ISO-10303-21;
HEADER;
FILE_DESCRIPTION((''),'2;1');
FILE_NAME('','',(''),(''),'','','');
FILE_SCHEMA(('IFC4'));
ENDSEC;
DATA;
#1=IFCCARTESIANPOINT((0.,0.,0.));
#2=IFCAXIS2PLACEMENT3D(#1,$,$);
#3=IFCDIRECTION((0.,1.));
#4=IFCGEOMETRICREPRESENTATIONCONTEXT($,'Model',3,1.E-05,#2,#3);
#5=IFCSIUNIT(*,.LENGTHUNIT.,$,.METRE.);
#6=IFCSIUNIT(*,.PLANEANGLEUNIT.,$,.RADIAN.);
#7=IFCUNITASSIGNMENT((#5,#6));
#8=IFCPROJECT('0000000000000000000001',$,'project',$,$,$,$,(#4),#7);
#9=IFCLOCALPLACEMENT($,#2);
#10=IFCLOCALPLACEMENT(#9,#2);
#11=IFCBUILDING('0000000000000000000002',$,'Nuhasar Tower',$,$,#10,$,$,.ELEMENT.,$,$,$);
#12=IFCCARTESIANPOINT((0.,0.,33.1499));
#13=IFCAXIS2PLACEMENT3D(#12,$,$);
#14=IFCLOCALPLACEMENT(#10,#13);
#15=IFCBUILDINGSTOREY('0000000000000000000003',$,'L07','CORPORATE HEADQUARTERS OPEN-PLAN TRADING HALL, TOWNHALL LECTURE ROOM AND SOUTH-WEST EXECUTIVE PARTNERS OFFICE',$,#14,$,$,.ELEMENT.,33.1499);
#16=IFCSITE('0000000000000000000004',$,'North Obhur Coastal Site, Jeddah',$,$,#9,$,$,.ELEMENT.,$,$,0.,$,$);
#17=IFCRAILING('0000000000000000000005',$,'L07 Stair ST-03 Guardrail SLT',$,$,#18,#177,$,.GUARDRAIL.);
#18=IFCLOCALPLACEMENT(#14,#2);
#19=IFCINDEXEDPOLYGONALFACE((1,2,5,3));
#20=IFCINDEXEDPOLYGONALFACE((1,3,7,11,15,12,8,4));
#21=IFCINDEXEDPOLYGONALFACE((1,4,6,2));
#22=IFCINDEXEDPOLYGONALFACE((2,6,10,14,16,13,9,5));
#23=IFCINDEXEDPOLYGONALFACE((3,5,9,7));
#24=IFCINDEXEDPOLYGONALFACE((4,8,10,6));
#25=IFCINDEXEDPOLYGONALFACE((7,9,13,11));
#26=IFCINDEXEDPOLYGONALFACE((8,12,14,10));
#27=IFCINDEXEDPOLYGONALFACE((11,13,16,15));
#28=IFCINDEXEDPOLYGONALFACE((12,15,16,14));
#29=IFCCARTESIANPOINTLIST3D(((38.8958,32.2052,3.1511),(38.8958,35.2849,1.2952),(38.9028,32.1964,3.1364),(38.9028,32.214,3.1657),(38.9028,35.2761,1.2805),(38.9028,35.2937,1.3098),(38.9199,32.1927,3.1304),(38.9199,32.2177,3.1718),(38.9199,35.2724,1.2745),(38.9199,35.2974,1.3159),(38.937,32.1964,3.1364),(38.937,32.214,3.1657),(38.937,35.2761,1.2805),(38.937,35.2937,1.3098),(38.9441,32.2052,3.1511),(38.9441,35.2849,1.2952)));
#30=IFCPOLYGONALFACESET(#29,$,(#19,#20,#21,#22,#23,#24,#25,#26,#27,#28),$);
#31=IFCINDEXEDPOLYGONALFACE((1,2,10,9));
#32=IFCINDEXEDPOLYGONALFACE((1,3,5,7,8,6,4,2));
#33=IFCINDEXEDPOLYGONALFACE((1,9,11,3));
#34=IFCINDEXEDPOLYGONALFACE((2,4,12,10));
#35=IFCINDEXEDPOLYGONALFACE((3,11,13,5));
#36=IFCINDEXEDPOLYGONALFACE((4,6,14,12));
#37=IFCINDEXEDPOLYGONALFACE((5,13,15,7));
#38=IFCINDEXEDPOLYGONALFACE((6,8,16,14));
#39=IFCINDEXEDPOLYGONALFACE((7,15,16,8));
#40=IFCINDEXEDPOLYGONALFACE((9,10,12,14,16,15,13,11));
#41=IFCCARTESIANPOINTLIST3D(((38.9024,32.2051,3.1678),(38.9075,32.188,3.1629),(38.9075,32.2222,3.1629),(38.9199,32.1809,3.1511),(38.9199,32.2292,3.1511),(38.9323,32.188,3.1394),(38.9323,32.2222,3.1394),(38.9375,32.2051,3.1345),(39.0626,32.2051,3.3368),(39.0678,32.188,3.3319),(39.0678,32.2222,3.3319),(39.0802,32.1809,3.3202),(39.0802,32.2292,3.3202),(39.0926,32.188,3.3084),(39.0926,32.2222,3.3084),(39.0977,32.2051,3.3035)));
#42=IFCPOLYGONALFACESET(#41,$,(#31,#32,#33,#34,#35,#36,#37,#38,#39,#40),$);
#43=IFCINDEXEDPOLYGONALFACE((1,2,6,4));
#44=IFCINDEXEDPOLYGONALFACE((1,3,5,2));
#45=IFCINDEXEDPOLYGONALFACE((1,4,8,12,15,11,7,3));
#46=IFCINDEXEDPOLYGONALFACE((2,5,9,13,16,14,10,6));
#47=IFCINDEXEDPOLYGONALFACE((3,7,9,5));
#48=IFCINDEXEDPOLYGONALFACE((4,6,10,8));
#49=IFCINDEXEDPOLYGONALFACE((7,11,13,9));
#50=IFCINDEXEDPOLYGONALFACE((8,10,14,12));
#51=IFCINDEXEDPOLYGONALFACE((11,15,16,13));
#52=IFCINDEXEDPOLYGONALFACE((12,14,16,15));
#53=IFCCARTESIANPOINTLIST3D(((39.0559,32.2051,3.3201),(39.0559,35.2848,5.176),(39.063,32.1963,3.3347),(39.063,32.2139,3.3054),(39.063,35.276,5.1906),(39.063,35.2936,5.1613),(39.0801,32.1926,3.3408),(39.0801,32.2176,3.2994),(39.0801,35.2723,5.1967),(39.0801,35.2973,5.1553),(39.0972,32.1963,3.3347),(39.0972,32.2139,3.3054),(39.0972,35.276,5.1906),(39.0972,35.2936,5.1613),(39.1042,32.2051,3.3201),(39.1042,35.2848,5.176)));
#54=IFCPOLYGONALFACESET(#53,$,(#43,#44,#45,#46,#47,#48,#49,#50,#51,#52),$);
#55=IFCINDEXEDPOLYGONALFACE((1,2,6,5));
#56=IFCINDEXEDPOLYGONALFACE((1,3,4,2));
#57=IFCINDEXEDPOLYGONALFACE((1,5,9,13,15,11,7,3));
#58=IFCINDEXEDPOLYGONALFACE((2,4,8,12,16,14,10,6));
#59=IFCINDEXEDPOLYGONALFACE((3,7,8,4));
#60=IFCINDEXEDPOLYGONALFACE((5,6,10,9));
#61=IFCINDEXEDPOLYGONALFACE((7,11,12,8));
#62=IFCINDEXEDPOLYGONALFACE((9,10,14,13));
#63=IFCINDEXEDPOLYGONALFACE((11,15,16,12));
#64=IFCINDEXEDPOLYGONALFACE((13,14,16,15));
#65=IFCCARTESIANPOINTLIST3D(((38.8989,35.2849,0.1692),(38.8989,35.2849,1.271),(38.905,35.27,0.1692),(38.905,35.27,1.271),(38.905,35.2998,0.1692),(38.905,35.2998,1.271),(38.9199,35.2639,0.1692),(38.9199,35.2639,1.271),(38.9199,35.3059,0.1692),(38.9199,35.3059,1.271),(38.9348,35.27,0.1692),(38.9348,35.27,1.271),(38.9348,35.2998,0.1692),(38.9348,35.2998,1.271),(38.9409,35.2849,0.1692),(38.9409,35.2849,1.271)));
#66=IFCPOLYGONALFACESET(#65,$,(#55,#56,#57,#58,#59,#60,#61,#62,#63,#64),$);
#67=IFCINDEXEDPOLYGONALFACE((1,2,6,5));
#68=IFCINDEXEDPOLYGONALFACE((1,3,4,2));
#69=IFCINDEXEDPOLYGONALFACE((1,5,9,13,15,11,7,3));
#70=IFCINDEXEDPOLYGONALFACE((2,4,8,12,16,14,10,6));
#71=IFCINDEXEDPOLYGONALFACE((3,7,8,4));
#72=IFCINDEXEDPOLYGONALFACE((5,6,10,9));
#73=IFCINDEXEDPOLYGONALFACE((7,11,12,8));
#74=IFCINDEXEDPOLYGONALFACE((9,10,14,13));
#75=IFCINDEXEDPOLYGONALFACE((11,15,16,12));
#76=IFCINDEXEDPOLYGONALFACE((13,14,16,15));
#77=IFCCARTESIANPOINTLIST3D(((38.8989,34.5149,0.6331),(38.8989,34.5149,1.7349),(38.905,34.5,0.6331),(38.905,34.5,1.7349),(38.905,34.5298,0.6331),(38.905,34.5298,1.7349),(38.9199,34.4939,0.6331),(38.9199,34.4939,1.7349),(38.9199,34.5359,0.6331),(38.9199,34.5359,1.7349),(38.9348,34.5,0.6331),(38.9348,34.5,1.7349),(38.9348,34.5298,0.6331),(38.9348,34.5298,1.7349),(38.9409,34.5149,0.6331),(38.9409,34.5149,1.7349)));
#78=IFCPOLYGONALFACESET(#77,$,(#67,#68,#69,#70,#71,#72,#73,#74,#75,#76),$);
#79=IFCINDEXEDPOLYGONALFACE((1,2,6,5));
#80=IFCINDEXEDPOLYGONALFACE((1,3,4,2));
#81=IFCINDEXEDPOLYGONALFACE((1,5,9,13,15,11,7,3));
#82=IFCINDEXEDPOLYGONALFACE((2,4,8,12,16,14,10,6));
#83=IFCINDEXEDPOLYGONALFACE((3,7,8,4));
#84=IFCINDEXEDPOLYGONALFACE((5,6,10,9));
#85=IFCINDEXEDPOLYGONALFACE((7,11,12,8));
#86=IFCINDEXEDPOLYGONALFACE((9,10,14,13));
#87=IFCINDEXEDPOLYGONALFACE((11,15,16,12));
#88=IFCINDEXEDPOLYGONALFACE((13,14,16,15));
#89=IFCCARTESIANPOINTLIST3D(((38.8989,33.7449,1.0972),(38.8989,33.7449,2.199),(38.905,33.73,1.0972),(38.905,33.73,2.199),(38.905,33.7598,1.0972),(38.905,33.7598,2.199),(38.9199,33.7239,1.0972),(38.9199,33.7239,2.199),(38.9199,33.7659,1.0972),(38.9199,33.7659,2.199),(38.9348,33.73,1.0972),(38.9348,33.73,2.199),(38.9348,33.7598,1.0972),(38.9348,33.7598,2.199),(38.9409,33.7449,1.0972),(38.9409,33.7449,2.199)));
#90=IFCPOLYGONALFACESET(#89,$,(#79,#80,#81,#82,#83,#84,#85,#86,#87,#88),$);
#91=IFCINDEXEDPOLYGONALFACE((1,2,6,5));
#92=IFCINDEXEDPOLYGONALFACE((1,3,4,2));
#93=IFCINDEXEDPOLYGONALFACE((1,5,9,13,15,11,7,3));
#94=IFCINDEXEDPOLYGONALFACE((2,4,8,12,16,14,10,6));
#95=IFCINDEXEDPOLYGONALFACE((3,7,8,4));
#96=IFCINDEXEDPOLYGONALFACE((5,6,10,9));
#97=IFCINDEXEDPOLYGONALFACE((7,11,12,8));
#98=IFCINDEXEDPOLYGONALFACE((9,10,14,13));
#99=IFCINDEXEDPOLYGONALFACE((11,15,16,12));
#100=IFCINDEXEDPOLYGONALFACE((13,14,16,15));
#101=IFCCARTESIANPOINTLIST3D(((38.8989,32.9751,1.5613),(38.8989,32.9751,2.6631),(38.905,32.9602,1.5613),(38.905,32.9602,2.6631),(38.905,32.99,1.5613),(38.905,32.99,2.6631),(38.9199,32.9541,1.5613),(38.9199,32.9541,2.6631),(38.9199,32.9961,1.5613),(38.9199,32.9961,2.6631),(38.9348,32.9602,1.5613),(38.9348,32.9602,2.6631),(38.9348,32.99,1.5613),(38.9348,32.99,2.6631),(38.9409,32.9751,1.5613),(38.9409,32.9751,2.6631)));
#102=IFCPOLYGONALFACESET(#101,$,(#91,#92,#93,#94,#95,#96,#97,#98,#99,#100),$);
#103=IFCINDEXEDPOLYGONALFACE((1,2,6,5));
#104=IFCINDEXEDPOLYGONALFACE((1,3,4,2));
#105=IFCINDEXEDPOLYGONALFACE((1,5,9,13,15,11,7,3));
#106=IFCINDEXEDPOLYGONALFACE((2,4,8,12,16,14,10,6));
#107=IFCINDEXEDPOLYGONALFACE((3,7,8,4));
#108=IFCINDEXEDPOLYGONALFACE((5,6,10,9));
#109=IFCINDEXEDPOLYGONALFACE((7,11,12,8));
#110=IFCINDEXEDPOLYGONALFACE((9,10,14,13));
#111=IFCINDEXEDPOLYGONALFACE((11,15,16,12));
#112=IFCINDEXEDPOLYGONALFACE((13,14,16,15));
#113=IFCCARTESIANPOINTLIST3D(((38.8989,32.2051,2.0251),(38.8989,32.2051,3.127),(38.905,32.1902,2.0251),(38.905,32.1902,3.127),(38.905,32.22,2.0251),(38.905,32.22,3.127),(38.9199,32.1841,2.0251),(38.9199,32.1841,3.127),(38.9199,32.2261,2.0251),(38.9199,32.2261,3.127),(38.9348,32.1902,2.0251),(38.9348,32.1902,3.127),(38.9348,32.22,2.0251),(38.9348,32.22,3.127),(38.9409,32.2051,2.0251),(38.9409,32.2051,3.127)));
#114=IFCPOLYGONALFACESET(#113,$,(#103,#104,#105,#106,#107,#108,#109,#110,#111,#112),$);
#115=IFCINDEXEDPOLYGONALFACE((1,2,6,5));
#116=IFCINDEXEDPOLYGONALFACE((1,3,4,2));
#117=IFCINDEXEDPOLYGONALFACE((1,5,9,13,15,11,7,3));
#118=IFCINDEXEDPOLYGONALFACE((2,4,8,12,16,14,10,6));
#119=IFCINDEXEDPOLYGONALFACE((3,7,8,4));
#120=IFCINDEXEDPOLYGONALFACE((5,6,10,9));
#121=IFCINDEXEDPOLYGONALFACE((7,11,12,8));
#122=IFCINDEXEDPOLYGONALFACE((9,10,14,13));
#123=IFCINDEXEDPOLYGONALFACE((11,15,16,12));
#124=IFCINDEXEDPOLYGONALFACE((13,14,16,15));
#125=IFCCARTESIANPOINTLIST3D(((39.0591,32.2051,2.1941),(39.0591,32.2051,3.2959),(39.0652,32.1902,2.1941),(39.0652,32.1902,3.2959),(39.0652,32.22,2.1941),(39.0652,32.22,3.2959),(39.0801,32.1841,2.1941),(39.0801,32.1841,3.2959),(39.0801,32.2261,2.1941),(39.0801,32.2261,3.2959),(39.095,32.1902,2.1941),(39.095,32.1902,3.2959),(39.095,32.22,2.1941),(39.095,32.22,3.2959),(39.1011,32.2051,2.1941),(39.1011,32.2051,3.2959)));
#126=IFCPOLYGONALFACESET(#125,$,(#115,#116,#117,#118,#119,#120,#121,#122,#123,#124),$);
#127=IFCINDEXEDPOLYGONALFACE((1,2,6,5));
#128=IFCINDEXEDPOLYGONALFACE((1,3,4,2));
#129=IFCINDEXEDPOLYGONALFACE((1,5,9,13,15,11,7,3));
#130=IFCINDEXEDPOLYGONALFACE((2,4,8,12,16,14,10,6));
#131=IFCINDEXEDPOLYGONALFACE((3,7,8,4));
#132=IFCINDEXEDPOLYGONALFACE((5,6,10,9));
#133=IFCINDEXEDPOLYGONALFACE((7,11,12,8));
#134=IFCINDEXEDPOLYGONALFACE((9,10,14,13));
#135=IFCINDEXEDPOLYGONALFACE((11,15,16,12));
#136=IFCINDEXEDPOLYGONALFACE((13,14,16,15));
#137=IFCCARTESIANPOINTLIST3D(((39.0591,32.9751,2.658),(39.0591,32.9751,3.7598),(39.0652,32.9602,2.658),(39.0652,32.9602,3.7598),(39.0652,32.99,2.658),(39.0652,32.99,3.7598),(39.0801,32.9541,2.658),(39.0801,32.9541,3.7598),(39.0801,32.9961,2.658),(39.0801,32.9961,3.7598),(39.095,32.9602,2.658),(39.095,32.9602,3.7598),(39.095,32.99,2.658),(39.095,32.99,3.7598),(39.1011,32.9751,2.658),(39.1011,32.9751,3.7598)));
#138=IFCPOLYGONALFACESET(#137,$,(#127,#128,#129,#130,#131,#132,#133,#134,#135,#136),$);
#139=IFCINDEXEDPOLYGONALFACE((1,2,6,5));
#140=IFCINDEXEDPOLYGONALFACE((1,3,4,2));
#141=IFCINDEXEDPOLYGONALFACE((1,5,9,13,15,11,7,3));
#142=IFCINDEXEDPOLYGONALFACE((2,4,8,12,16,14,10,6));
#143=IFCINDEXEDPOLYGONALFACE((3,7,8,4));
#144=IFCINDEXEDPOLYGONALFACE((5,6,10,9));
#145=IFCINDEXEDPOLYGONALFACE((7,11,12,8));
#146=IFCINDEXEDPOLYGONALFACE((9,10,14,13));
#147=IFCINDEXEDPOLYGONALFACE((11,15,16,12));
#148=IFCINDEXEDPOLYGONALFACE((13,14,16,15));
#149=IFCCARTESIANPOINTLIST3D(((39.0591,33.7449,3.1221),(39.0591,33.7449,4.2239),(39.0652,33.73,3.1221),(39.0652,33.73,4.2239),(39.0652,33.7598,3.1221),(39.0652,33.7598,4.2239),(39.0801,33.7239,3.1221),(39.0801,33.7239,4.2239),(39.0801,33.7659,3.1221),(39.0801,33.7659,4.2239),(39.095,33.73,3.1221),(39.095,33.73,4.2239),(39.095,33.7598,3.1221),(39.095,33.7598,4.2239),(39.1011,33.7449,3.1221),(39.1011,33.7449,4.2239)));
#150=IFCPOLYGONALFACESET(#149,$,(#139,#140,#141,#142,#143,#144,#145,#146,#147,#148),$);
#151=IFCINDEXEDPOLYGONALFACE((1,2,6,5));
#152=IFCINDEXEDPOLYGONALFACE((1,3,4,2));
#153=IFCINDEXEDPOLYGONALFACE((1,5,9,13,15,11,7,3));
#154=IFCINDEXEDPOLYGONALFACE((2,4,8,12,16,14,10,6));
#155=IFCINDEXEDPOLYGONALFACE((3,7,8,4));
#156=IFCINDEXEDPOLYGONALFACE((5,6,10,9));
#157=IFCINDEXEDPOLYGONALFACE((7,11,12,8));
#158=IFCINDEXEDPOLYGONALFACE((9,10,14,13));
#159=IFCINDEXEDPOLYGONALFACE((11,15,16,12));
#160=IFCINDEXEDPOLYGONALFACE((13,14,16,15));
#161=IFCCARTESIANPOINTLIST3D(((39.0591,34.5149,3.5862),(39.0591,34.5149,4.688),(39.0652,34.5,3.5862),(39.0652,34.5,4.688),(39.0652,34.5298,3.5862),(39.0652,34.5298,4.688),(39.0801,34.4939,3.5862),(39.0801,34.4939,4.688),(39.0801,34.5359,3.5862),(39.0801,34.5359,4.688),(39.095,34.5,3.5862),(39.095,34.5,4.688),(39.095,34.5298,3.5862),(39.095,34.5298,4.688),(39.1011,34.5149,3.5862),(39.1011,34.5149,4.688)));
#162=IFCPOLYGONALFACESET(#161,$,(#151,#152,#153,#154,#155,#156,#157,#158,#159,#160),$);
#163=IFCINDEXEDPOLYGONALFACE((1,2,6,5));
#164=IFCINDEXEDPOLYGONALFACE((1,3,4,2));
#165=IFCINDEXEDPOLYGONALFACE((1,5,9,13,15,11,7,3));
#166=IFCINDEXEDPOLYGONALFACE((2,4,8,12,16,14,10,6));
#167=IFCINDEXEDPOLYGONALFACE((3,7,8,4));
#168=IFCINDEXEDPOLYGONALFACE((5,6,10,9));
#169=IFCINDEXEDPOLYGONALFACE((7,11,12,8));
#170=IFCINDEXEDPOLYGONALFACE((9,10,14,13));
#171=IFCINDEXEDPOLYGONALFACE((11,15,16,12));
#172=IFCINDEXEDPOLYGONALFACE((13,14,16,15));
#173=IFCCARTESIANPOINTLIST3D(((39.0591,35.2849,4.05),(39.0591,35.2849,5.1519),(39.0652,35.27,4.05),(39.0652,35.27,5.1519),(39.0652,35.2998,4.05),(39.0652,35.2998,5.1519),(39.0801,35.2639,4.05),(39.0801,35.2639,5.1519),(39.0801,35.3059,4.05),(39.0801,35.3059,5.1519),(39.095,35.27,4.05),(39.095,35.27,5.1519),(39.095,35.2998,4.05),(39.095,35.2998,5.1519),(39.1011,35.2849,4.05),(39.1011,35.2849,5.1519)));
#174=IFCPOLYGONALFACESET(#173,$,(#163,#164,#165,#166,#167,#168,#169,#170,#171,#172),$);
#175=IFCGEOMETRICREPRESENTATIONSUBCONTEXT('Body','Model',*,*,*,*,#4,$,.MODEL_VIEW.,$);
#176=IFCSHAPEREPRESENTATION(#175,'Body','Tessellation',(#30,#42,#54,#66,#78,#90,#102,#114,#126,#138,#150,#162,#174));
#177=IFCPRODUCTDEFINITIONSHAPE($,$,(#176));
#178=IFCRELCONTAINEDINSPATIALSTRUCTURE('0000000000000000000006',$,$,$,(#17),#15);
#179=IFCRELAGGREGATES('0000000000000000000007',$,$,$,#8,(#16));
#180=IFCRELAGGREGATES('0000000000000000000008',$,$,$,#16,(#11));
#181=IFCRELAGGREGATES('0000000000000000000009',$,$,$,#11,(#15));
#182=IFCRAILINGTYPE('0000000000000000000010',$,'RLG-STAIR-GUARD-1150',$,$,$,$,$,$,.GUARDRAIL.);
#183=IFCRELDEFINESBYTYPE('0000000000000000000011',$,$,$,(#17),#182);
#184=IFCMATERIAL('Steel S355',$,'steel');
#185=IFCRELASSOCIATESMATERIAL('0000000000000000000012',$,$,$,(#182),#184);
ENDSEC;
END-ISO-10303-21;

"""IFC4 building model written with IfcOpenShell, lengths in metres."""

from ifc_helpers import new_model, si_unit, direction, frame, origin, place, context, subcontext, project, spatial, polyline, outline, extrude, material, type_object, element, save


model = new_model("IFC4")

# Units and contexts
model_context = context("Model", 3, precision=1e-05, world=origin(), true_north=direction((0.0, 1.0)))
body_context = subcontext(model_context, "Body", "Model", "MODEL_VIEW")
ifc_project = project(units=[si_unit("LENGTHUNIT", "METRE"), si_unit("PLANEANGLEUNIT", "RADIAN")], contexts=[model_context])

# Site, building, storey
site_placement = place(None, origin())
site = spatial("IfcSite", under=ifc_project, at=site_placement, Name="North Obhur Coastal Site, Jeddah", CompositionType="ELEMENT", RefElevation=0.0)
building_placement = place(site_placement, origin())
building = spatial("IfcBuilding", under=site, at=building_placement, Name="Nuhasar Tower", CompositionType="ELEMENT")
storey_placement = place(building_placement, frame((0.0, 0.0, 33.1499)))
storey = spatial("IfcBuildingStorey", under=building, at=storey_placement, Name="L07", Description="CORPORATE HEADQUARTERS OPEN-PLAN TRADING HALL, TOWNHALL LECTURE ROOM AND SOUTH-WEST EXECUTIVE PARTNERS OFFICE", CompositionType="ELEMENT", Elevation=33.1499)

# Shared definitions
ifc_material_1 = material(Name="Steel S355", Category="steel")

# Railing
railing_type_1 = type_object("IfcRailingType", Name="RLG-STAIR-GUARD-1150", PredefinedType="GUARDRAIL", material=ifc_material_1)
railing_1_placement = place(storey_placement, frame((38.9199, 35.2849, 0.1692)))
element("IfcRailing", 1, at=railing_1_placement, inside=storey, type_object=railing_type_1, Name="L07 Stair ST-03 Guardrail SLT", PredefinedType="GUARDRAIL", context=body_context, shape_type="SweptSolid", body=[
    extrude(outline(polyline([(0.0242, 0.0), (0.0171, 0.0171), (0.0, 0.0242), (-0.0171, 0.0171), (-0.0242, 0.0), (-0.0171, -0.0171), (0.0, -0.0242), (0.0171, -0.0171), (0.0242, 0.0)])), frame((0.0, 0.0, 1.126), z_axis=(0.0, -0.856503, 0.516142), x_axis=(1.0, 0.0, 0.0)), (0.0, 0.0, 1.0), 3.5957),
    extrude(outline(polyline([(0.0242, 0.0), (0.0171, 0.0171), (0.0, 0.0242), (-0.0171, 0.0171), (-0.0242, 0.0), (-0.0171, -0.0171), (0.0, -0.0242), (0.0171, -0.0171), (0.0242, 0.0)])), frame((0.0, -3.0798, 2.9819), z_axis=(0.687977, 0.0, 0.725732), x_axis=(0.0, 1.0, 0.0)), (0.0, 0.0, 1.0), 0.2329),
    extrude(outline(polyline([(0.0242, 0.0), (0.0171, 0.0171), (0.0, 0.0242), (-0.0171, 0.0171), (-0.0242, 0.0), (-0.0171, -0.0171), (0.0, -0.0242), (0.0171, -0.0171), (0.0242, 0.0)])), frame((0.1602, -3.0798, 3.1509), z_axis=(0.0, 0.856503, 0.516142), x_axis=(-1.0, 0.0, 0.0)), (0.0, 0.0, 1.0), 3.5957),
    extrude(outline(polyline([(0.021, 0.0), (0.0149, 0.0149), (0.0, 0.021), (-0.0149, 0.0149), (-0.021, 0.0), (-0.0149, -0.0149), (0.0, -0.021), (0.0149, -0.0149), (0.021, 0.0)])), origin(), (0.0, 0.0, 1.0), 1.1018),
    extrude(outline(polyline([(0.021, 0.0), (0.0149, 0.0149), (0.0, 0.021), (-0.0149, 0.0149), (-0.021, 0.0), (-0.0149, -0.0149), (0.0, -0.021), (0.0149, -0.0149), (0.021, 0.0)])), frame((0.0, -0.77, 0.4639)), (0.0, 0.0, 1.0), 1.1018),
    extrude(outline(polyline([(0.021, 0.0), (0.0149, 0.0149), (0.0, 0.021), (-0.0149, 0.0149), (-0.021, 0.0), (-0.0149, -0.0149), (0.0, -0.021), (0.0149, -0.0149), (0.021, 0.0)])), frame((0.0, -1.54, 0.928)), (0.0, 0.0, 1.0), 1.1018),
    extrude(outline(polyline([(0.021, 0.0), (0.0149, 0.0149), (0.0, 0.021), (-0.0149, 0.0149), (-0.021, 0.0), (-0.0149, -0.0149), (0.0, -0.021), (0.0149, -0.0149), (0.021, 0.0)])), frame((0.0, -2.3098, 1.3921)), (0.0, 0.0, 1.0), 1.1018),
    extrude(outline(polyline([(0.021, 0.0), (0.0149, 0.0149), (0.0, 0.021), (-0.0149, 0.0149), (-0.021, 0.0), (-0.0149, -0.0149), (0.0, -0.021), (0.0149, -0.0149), (0.021, 0.0)])), frame((0.0, -3.0798, 1.856)), (0.0, 0.0, 1.0), 1.1018),
    extrude(outline(polyline([(0.021, 0.0), (0.0149, 0.0149), (0.0, 0.021), (-0.0149, 0.0149), (-0.021, 0.0), (-0.0149, -0.0149), (0.0, -0.021), (0.0149, -0.0149), (0.021, 0.0)])), frame((0.1602, -3.0798, 2.0249)), (0.0, 0.0, 1.0), 1.1018),
    extrude(outline(polyline([(0.021, 0.0), (0.0149, 0.0149), (0.0, 0.021), (-0.0149, 0.0149), (-0.021, 0.0), (-0.0149, -0.0149), (0.0, -0.021), (0.0149, -0.0149), (0.021, 0.0)])), frame((0.1602, -2.3098, 2.4888)), (0.0, 0.0, 1.0), 1.1018),
    extrude(outline(polyline([(0.021, 0.0), (0.0149, 0.0149), (0.0, 0.021), (-0.0149, 0.0149), (-0.021, 0.0), (-0.0149, -0.0149), (0.0, -0.021), (0.0149, -0.0149), (0.021, 0.0)])), frame((0.1602, -1.54, 2.9529)), (0.0, 0.0, 1.0), 1.1018),
    extrude(outline(polyline([(0.021, 0.0), (0.0149, 0.0149), (0.0, 0.021), (-0.0149, 0.0149), (-0.021, 0.0), (-0.0149, -0.0149), (0.0, -0.021), (0.0149, -0.0149), (0.021, 0.0)])), frame((0.1602, -0.77, 3.417)), (0.0, 0.0, 1.0), 1.1018),
    extrude(outline(polyline([(0.021, 0.0), (0.0149, 0.0149), (0.0, 0.021), (-0.0149, 0.0149), (-0.021, 0.0), (-0.0149, -0.0149), (0.0, -0.021), (0.0149, -0.0149), (0.021, 0.0)])), frame((0.1602, 0.0, 3.8809)), (0.0, 0.0, 1.0), 1.1018),
])

save(model, "model.ifc")
